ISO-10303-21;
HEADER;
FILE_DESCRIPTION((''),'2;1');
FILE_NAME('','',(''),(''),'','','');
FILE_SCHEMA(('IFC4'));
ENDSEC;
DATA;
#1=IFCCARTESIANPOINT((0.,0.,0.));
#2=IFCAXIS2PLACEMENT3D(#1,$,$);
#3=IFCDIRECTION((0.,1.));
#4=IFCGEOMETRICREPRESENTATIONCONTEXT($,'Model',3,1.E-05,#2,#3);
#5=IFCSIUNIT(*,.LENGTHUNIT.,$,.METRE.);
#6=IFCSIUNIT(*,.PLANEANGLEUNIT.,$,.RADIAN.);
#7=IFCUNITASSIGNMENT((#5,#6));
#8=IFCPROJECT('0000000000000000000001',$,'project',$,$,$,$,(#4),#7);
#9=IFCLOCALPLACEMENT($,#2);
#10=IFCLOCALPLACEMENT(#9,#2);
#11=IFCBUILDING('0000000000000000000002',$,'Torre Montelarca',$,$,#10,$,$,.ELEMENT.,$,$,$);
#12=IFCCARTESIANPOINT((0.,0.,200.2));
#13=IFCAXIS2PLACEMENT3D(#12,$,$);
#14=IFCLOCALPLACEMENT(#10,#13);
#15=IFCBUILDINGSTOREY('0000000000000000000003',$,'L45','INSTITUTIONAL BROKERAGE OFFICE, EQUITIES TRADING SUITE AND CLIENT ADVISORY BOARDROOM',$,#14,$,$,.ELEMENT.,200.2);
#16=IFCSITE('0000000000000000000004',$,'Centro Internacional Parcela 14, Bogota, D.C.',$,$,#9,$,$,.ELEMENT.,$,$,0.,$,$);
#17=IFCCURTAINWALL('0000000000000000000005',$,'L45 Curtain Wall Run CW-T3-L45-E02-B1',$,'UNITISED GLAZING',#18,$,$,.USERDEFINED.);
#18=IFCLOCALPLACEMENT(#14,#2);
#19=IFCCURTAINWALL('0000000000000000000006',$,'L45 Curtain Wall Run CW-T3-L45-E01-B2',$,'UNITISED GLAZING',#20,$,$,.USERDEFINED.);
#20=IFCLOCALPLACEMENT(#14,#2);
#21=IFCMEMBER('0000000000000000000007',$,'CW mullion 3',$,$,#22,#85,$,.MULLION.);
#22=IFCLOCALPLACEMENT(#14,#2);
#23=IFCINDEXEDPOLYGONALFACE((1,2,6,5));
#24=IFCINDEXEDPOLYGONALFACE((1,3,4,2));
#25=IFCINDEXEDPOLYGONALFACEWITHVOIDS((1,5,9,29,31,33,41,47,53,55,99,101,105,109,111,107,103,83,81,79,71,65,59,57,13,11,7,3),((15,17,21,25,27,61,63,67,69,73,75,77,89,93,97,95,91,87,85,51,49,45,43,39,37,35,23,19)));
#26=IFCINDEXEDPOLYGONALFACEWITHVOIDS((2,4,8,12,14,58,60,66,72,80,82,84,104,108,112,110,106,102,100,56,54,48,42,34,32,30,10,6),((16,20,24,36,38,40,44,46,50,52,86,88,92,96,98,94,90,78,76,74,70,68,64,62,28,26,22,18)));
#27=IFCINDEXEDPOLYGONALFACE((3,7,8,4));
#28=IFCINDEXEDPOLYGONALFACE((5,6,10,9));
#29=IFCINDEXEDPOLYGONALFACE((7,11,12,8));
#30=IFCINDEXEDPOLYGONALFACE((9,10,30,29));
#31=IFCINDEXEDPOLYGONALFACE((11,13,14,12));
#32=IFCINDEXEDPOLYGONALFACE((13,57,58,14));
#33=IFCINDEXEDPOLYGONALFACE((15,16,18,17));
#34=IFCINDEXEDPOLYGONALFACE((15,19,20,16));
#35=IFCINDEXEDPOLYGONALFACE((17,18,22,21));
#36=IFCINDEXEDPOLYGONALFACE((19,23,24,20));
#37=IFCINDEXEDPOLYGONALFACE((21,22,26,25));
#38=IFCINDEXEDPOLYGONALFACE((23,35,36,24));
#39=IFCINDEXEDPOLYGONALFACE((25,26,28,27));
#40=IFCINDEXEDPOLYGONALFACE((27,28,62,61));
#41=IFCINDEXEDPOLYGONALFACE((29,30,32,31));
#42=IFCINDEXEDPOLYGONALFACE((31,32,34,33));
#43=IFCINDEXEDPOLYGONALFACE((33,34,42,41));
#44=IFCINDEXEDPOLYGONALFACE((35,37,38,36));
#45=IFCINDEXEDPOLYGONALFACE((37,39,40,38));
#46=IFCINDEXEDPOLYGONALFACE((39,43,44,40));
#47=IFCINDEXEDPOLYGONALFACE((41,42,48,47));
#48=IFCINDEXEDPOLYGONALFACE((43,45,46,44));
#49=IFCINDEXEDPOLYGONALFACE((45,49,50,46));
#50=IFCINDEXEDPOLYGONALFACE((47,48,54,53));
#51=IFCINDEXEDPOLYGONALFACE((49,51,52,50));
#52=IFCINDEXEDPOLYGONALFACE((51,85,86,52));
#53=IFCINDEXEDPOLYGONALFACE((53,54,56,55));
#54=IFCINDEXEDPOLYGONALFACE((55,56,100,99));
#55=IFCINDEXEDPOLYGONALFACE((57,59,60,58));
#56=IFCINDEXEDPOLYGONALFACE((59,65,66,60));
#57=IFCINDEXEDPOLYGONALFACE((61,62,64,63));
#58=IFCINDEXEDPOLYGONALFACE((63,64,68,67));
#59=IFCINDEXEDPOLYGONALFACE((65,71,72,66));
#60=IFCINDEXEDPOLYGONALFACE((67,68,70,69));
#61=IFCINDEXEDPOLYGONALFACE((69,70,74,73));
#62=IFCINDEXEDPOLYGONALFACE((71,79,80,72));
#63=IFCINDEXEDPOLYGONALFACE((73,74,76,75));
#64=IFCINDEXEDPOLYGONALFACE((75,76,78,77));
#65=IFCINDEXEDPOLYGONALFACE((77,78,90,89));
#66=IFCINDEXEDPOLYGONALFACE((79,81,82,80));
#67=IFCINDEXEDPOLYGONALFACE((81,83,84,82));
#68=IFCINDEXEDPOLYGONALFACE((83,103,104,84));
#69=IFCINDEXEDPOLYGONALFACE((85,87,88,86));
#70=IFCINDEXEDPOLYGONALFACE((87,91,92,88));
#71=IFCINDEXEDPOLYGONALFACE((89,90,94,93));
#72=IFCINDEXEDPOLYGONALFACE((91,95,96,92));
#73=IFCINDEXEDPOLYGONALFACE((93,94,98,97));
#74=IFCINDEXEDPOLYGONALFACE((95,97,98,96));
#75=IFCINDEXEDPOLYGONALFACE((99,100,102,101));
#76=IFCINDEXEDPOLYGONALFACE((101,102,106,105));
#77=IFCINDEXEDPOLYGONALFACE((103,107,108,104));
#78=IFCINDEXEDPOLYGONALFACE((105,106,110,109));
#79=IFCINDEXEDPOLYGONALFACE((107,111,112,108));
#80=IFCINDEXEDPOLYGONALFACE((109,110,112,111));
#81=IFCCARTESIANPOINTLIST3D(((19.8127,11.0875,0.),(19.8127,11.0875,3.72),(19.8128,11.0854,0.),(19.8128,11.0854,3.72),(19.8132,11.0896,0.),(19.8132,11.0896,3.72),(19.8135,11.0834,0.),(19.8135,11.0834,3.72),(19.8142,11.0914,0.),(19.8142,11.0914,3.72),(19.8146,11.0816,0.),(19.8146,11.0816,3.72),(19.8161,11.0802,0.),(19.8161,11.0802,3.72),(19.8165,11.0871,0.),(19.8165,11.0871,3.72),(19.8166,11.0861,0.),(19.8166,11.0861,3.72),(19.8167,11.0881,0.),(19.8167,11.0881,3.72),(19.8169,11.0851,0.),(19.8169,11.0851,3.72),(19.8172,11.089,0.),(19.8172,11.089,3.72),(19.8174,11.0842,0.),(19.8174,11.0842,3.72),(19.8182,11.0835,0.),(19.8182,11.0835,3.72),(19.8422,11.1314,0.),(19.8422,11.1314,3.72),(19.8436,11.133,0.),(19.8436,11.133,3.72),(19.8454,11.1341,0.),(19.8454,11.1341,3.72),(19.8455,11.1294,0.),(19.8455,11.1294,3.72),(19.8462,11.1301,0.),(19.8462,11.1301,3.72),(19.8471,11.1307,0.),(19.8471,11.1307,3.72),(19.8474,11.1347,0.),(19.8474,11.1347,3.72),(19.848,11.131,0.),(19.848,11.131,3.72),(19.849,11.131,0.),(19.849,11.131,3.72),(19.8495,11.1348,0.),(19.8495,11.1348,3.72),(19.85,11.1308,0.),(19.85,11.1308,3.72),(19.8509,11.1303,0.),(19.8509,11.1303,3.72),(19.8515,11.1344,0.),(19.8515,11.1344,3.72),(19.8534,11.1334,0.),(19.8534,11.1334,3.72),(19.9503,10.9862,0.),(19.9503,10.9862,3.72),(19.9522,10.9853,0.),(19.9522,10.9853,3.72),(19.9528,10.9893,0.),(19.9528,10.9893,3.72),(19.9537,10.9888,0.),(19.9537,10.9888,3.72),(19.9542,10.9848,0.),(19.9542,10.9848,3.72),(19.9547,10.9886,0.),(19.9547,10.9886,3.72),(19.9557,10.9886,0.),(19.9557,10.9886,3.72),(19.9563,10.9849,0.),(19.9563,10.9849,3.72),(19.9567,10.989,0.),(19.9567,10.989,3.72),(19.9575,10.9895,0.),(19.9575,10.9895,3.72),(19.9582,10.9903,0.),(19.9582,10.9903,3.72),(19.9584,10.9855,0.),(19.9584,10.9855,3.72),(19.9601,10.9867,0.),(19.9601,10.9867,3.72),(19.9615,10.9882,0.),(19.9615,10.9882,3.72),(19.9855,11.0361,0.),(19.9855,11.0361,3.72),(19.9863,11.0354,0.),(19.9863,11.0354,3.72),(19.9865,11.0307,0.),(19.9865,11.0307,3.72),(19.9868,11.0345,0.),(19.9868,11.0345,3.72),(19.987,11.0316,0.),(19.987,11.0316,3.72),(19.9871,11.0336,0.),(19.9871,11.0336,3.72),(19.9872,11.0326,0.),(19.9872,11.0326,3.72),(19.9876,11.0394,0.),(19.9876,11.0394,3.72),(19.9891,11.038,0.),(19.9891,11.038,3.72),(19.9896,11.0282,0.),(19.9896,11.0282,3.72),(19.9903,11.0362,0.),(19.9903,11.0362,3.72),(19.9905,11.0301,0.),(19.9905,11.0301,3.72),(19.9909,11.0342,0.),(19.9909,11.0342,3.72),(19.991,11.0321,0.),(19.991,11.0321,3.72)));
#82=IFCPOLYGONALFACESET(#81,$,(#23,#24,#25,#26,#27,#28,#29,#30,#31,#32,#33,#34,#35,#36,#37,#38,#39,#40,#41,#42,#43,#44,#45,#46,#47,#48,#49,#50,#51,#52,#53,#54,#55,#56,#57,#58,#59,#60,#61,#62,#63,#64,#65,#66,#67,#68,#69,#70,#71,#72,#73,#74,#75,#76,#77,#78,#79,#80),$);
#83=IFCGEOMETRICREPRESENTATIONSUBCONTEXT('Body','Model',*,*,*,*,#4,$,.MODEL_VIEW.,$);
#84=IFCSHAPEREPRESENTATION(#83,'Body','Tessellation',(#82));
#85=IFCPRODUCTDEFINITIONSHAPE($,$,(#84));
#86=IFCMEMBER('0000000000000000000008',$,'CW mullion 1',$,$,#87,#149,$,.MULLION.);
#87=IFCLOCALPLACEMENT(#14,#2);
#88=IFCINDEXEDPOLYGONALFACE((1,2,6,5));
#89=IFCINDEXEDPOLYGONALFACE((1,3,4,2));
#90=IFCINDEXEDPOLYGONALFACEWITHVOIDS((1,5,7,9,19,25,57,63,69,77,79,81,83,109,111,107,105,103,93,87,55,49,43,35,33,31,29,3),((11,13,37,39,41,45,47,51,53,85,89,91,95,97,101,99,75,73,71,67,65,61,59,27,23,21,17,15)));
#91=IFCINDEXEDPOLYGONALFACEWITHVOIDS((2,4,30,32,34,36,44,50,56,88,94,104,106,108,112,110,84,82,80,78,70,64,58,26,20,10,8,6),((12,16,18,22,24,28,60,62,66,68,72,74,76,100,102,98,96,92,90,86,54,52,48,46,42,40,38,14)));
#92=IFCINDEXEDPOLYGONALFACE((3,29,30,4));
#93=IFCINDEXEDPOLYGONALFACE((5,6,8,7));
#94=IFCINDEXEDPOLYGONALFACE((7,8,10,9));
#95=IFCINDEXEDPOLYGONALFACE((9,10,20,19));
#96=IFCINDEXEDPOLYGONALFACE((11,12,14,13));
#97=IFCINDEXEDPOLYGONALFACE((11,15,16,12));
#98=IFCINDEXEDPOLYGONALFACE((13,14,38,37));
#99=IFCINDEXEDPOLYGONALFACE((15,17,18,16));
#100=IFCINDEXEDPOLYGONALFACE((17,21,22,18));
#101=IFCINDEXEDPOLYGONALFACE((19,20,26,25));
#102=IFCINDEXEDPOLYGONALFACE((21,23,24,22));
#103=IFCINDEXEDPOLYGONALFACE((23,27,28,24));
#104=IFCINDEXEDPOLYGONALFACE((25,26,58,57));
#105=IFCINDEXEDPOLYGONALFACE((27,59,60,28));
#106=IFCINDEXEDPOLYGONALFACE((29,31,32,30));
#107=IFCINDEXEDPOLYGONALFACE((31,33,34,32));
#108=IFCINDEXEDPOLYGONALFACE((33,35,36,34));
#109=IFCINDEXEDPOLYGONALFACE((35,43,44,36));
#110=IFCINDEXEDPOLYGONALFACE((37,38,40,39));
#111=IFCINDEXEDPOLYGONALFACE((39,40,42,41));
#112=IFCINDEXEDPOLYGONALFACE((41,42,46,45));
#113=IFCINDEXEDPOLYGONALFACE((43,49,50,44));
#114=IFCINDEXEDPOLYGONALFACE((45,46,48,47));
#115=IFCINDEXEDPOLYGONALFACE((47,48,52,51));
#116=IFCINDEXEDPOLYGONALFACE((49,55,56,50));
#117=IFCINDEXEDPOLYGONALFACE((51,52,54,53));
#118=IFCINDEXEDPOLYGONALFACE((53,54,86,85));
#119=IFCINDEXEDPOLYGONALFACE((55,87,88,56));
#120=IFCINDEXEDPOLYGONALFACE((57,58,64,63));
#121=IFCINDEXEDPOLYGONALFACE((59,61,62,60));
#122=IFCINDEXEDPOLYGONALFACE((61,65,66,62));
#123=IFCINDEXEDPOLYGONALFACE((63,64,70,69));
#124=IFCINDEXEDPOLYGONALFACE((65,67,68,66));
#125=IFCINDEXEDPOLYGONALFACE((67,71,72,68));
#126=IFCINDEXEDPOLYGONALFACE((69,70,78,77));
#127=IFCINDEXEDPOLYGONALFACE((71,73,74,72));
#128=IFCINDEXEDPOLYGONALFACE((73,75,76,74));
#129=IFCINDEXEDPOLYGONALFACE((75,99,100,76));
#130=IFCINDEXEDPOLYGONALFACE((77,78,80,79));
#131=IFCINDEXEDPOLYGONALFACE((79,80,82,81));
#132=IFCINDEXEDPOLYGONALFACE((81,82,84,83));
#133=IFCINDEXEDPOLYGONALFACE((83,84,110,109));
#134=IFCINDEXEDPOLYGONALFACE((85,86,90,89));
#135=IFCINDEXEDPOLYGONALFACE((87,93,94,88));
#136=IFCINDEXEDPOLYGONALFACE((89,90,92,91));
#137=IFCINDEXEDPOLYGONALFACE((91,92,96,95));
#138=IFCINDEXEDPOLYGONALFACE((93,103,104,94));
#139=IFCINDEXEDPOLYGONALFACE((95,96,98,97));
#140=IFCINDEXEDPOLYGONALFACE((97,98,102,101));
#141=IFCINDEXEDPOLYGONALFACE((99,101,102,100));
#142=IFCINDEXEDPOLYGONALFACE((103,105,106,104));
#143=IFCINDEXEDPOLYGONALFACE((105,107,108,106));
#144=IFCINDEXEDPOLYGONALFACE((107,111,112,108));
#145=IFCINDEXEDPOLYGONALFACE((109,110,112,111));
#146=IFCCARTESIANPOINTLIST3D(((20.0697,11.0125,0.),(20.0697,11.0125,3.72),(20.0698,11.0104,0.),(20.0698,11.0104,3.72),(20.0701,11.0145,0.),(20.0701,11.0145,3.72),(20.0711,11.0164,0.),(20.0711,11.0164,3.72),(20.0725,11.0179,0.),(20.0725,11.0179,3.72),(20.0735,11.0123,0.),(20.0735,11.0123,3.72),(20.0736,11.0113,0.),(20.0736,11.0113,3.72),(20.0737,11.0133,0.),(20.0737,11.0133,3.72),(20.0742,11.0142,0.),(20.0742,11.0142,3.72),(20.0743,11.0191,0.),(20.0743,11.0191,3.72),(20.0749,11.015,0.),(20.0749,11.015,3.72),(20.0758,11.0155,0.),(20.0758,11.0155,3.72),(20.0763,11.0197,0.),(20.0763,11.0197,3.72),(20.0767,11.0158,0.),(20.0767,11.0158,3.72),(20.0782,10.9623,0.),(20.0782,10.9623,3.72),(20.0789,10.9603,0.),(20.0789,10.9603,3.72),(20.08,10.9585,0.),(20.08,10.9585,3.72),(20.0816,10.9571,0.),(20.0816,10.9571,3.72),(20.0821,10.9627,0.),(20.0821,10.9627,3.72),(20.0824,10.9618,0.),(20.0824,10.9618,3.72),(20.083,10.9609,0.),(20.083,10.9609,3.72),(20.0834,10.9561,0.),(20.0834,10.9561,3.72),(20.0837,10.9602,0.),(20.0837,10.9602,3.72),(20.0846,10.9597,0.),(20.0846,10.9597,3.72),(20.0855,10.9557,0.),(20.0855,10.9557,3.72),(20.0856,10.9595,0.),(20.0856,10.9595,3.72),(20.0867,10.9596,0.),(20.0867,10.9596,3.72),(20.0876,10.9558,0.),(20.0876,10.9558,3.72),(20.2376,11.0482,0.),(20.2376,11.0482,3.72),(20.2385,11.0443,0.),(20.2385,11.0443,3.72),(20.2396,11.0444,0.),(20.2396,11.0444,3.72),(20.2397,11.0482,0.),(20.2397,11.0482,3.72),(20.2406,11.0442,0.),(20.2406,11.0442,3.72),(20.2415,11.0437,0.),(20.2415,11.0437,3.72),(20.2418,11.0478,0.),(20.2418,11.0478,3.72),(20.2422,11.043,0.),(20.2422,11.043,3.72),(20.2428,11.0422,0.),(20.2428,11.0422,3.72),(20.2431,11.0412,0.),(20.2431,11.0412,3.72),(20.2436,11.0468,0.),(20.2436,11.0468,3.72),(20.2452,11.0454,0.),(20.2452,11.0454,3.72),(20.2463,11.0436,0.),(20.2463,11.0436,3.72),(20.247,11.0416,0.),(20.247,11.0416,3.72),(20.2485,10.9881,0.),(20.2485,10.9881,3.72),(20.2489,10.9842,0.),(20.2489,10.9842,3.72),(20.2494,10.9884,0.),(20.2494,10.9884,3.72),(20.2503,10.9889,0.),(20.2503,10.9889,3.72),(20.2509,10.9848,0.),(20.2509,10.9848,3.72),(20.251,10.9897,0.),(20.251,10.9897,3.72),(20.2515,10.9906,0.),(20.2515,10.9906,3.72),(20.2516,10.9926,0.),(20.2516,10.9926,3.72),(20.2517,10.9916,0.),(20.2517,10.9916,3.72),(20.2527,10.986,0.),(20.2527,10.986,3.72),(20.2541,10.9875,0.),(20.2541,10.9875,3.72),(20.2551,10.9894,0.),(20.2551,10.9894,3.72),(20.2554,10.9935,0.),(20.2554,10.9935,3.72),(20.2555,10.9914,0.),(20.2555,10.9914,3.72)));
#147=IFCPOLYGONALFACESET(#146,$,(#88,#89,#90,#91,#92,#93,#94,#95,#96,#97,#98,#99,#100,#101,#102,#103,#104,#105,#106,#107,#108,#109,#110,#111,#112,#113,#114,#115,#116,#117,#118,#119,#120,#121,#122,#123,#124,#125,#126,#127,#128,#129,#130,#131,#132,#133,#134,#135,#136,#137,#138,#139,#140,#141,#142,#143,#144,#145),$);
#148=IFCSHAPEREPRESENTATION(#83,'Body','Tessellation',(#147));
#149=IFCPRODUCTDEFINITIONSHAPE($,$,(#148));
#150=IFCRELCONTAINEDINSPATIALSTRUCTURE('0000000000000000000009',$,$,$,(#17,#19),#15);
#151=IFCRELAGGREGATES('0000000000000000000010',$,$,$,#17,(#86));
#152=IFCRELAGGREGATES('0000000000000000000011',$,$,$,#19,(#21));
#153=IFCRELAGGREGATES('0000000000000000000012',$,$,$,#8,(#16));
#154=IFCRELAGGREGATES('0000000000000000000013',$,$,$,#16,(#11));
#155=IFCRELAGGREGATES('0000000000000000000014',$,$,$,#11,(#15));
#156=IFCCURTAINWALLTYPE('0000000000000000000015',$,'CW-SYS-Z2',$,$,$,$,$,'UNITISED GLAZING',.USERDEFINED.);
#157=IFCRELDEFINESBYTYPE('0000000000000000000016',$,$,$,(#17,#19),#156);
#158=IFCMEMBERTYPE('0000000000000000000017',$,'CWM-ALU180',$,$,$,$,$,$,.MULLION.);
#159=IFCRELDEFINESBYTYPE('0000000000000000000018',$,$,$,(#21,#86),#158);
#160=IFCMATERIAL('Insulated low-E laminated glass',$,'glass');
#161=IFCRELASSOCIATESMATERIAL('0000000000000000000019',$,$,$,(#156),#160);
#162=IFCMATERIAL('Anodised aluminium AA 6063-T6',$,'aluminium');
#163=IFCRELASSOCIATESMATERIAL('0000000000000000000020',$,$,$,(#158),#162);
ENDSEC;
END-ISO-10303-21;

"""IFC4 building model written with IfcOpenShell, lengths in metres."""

from ifc_helpers import new_model, si_unit, direction, frame, origin, origin_2d, place, context, subcontext, project, spatial, hollow_rectangle, extrude, source, transform, mapped, material, material_profile, profile_set, type_object, element, aggregate, save


model = new_model("IFC4")

# Units and contexts
model_context = context("Model", 3, precision=1e-05, world=origin(), true_north=direction((0.0, 1.0)))
body_context = subcontext(model_context, "Body", "Model", "MODEL_VIEW")
ifc_project = project(units=[si_unit("LENGTHUNIT", "METRE"), si_unit("PLANEANGLEUNIT", "RADIAN")], contexts=[model_context])

# Site, building, storey
site_placement = place(None, origin())
site = spatial("IfcSite", under=ifc_project, at=site_placement, Name="Centro Internacional Parcela 14, Bogota, D.C.", CompositionType="ELEMENT", RefElevation=0.0)
building_placement = place(site_placement, origin())
building = spatial("IfcBuilding", under=site, at=building_placement, Name="Torre Montelarca", CompositionType="ELEMENT")
storey_placement = place(building_placement, frame((0.0, 0.0, 200.2)))
storey = spatial("IfcBuildingStorey", under=building, at=storey_placement, Name="L45", Description="INSTITUTIONAL BROKERAGE OFFICE, EQUITIES TRADING SUITE AND CLIENT ADVISORY BOARDROOM", CompositionType="ELEMENT", Elevation=200.2)

# Curtain wall
ifc_material_1 = material(Name="Insulated low-E laminated glass", Category="glass")
curtain_wall_type = type_object("IfcCurtainWallType", Name="CW-SYS-Z2", ElementType="UNITISED GLAZING", PredefinedType="USERDEFINED", material=ifc_material_1)
curtain_wall_1_placement = place(storey_placement, origin())
curtain_wall_1 = element("IfcCurtainWall", 1, at=curtain_wall_1_placement, inside=storey, type_object=curtain_wall_type, Name="L45 Curtain Wall Run CW-T3-L45-E02-B1", ObjectType="UNITISED GLAZING", PredefinedType="USERDEFINED")
ifc_material_2 = material(Name="Anodised aluminium AA 6063-T6", Category="aluminium")

# Curtain wall, member
curtain_wall_2_placement = place(storey_placement, origin())
curtain_wall_2 = element("IfcCurtainWall", 2, at=curtain_wall_2_placement, inside=storey, type_object=curtain_wall_type, Name="L45 Curtain Wall Run CW-T3-L45-E01-B2", ObjectType="UNITISED GLAZING", PredefinedType="USERDEFINED")
ifc_material_profile_1 = material_profile(ifc_material_2, hollow_rectangle(XDim=0.0649, YDim=0.1799, WallThickness=0.0039, InnerFilletRadius=0.0039, OuterFilletRadius=0.0081, at=origin_2d()), Name="ALU65X180X4", Category="aluminium")
ifc_profile_set_1 = profile_set([ifc_material_profile_1], Name="Anodised aluminium AA 6063-T6")
member_type_1 = type_object("IfcMemberType", Name="CWM-ALU180", PredefinedType="MULLION", material=ifc_profile_set_1)
shared_shape_1 = source(origin(), body_context, "Body", "SweptSolid", [
    extrude(hollow_rectangle(XDim=0.0649, YDim=0.1799, WallThickness=0.0039, InnerFilletRadius=0.0039, OuterFilletRadius=0.0081, at=origin_2d()), origin(), (0.0, 0.0, 1.0), 3.72),
])
member_1_placement = place(storey_placement, frame((19.9019, 11.0598, 0.0), z_axis=(0.0, 0.0, 1.0), x_axis=(0.573561, 0.819163, 0.0)))
member_1 = element("IfcMember", 3, at=member_1_placement, type_object=member_type_1, Name="CW mullion 3", PredefinedType="MULLION", context=body_context, shape_type="MappedRepresentation", body=[
    mapped(shared_shape_1, transform((0.0, 0.0, 0.0), scale=1.0)),
])

# Member
member_2_placement = place(storey_placement, frame((20.1626, 11.002, 0.0), z_axis=(0.0, 0.0, 1.0), x_axis=(-0.173636, 0.98481, 0.0)))
member_2 = element("IfcMember", 4, at=member_2_placement, type_object=member_type_1, Name="CW mullion 1", PredefinedType="MULLION", context=body_context, shape_type="MappedRepresentation", body=[
    mapped(shared_shape_1, transform((0.0, 0.0, 0.0), scale=1.0)),
])

aggregate(curtain_wall_1, [member_2])
aggregate(curtain_wall_2, [member_1])

save(model, "model.ifc")
